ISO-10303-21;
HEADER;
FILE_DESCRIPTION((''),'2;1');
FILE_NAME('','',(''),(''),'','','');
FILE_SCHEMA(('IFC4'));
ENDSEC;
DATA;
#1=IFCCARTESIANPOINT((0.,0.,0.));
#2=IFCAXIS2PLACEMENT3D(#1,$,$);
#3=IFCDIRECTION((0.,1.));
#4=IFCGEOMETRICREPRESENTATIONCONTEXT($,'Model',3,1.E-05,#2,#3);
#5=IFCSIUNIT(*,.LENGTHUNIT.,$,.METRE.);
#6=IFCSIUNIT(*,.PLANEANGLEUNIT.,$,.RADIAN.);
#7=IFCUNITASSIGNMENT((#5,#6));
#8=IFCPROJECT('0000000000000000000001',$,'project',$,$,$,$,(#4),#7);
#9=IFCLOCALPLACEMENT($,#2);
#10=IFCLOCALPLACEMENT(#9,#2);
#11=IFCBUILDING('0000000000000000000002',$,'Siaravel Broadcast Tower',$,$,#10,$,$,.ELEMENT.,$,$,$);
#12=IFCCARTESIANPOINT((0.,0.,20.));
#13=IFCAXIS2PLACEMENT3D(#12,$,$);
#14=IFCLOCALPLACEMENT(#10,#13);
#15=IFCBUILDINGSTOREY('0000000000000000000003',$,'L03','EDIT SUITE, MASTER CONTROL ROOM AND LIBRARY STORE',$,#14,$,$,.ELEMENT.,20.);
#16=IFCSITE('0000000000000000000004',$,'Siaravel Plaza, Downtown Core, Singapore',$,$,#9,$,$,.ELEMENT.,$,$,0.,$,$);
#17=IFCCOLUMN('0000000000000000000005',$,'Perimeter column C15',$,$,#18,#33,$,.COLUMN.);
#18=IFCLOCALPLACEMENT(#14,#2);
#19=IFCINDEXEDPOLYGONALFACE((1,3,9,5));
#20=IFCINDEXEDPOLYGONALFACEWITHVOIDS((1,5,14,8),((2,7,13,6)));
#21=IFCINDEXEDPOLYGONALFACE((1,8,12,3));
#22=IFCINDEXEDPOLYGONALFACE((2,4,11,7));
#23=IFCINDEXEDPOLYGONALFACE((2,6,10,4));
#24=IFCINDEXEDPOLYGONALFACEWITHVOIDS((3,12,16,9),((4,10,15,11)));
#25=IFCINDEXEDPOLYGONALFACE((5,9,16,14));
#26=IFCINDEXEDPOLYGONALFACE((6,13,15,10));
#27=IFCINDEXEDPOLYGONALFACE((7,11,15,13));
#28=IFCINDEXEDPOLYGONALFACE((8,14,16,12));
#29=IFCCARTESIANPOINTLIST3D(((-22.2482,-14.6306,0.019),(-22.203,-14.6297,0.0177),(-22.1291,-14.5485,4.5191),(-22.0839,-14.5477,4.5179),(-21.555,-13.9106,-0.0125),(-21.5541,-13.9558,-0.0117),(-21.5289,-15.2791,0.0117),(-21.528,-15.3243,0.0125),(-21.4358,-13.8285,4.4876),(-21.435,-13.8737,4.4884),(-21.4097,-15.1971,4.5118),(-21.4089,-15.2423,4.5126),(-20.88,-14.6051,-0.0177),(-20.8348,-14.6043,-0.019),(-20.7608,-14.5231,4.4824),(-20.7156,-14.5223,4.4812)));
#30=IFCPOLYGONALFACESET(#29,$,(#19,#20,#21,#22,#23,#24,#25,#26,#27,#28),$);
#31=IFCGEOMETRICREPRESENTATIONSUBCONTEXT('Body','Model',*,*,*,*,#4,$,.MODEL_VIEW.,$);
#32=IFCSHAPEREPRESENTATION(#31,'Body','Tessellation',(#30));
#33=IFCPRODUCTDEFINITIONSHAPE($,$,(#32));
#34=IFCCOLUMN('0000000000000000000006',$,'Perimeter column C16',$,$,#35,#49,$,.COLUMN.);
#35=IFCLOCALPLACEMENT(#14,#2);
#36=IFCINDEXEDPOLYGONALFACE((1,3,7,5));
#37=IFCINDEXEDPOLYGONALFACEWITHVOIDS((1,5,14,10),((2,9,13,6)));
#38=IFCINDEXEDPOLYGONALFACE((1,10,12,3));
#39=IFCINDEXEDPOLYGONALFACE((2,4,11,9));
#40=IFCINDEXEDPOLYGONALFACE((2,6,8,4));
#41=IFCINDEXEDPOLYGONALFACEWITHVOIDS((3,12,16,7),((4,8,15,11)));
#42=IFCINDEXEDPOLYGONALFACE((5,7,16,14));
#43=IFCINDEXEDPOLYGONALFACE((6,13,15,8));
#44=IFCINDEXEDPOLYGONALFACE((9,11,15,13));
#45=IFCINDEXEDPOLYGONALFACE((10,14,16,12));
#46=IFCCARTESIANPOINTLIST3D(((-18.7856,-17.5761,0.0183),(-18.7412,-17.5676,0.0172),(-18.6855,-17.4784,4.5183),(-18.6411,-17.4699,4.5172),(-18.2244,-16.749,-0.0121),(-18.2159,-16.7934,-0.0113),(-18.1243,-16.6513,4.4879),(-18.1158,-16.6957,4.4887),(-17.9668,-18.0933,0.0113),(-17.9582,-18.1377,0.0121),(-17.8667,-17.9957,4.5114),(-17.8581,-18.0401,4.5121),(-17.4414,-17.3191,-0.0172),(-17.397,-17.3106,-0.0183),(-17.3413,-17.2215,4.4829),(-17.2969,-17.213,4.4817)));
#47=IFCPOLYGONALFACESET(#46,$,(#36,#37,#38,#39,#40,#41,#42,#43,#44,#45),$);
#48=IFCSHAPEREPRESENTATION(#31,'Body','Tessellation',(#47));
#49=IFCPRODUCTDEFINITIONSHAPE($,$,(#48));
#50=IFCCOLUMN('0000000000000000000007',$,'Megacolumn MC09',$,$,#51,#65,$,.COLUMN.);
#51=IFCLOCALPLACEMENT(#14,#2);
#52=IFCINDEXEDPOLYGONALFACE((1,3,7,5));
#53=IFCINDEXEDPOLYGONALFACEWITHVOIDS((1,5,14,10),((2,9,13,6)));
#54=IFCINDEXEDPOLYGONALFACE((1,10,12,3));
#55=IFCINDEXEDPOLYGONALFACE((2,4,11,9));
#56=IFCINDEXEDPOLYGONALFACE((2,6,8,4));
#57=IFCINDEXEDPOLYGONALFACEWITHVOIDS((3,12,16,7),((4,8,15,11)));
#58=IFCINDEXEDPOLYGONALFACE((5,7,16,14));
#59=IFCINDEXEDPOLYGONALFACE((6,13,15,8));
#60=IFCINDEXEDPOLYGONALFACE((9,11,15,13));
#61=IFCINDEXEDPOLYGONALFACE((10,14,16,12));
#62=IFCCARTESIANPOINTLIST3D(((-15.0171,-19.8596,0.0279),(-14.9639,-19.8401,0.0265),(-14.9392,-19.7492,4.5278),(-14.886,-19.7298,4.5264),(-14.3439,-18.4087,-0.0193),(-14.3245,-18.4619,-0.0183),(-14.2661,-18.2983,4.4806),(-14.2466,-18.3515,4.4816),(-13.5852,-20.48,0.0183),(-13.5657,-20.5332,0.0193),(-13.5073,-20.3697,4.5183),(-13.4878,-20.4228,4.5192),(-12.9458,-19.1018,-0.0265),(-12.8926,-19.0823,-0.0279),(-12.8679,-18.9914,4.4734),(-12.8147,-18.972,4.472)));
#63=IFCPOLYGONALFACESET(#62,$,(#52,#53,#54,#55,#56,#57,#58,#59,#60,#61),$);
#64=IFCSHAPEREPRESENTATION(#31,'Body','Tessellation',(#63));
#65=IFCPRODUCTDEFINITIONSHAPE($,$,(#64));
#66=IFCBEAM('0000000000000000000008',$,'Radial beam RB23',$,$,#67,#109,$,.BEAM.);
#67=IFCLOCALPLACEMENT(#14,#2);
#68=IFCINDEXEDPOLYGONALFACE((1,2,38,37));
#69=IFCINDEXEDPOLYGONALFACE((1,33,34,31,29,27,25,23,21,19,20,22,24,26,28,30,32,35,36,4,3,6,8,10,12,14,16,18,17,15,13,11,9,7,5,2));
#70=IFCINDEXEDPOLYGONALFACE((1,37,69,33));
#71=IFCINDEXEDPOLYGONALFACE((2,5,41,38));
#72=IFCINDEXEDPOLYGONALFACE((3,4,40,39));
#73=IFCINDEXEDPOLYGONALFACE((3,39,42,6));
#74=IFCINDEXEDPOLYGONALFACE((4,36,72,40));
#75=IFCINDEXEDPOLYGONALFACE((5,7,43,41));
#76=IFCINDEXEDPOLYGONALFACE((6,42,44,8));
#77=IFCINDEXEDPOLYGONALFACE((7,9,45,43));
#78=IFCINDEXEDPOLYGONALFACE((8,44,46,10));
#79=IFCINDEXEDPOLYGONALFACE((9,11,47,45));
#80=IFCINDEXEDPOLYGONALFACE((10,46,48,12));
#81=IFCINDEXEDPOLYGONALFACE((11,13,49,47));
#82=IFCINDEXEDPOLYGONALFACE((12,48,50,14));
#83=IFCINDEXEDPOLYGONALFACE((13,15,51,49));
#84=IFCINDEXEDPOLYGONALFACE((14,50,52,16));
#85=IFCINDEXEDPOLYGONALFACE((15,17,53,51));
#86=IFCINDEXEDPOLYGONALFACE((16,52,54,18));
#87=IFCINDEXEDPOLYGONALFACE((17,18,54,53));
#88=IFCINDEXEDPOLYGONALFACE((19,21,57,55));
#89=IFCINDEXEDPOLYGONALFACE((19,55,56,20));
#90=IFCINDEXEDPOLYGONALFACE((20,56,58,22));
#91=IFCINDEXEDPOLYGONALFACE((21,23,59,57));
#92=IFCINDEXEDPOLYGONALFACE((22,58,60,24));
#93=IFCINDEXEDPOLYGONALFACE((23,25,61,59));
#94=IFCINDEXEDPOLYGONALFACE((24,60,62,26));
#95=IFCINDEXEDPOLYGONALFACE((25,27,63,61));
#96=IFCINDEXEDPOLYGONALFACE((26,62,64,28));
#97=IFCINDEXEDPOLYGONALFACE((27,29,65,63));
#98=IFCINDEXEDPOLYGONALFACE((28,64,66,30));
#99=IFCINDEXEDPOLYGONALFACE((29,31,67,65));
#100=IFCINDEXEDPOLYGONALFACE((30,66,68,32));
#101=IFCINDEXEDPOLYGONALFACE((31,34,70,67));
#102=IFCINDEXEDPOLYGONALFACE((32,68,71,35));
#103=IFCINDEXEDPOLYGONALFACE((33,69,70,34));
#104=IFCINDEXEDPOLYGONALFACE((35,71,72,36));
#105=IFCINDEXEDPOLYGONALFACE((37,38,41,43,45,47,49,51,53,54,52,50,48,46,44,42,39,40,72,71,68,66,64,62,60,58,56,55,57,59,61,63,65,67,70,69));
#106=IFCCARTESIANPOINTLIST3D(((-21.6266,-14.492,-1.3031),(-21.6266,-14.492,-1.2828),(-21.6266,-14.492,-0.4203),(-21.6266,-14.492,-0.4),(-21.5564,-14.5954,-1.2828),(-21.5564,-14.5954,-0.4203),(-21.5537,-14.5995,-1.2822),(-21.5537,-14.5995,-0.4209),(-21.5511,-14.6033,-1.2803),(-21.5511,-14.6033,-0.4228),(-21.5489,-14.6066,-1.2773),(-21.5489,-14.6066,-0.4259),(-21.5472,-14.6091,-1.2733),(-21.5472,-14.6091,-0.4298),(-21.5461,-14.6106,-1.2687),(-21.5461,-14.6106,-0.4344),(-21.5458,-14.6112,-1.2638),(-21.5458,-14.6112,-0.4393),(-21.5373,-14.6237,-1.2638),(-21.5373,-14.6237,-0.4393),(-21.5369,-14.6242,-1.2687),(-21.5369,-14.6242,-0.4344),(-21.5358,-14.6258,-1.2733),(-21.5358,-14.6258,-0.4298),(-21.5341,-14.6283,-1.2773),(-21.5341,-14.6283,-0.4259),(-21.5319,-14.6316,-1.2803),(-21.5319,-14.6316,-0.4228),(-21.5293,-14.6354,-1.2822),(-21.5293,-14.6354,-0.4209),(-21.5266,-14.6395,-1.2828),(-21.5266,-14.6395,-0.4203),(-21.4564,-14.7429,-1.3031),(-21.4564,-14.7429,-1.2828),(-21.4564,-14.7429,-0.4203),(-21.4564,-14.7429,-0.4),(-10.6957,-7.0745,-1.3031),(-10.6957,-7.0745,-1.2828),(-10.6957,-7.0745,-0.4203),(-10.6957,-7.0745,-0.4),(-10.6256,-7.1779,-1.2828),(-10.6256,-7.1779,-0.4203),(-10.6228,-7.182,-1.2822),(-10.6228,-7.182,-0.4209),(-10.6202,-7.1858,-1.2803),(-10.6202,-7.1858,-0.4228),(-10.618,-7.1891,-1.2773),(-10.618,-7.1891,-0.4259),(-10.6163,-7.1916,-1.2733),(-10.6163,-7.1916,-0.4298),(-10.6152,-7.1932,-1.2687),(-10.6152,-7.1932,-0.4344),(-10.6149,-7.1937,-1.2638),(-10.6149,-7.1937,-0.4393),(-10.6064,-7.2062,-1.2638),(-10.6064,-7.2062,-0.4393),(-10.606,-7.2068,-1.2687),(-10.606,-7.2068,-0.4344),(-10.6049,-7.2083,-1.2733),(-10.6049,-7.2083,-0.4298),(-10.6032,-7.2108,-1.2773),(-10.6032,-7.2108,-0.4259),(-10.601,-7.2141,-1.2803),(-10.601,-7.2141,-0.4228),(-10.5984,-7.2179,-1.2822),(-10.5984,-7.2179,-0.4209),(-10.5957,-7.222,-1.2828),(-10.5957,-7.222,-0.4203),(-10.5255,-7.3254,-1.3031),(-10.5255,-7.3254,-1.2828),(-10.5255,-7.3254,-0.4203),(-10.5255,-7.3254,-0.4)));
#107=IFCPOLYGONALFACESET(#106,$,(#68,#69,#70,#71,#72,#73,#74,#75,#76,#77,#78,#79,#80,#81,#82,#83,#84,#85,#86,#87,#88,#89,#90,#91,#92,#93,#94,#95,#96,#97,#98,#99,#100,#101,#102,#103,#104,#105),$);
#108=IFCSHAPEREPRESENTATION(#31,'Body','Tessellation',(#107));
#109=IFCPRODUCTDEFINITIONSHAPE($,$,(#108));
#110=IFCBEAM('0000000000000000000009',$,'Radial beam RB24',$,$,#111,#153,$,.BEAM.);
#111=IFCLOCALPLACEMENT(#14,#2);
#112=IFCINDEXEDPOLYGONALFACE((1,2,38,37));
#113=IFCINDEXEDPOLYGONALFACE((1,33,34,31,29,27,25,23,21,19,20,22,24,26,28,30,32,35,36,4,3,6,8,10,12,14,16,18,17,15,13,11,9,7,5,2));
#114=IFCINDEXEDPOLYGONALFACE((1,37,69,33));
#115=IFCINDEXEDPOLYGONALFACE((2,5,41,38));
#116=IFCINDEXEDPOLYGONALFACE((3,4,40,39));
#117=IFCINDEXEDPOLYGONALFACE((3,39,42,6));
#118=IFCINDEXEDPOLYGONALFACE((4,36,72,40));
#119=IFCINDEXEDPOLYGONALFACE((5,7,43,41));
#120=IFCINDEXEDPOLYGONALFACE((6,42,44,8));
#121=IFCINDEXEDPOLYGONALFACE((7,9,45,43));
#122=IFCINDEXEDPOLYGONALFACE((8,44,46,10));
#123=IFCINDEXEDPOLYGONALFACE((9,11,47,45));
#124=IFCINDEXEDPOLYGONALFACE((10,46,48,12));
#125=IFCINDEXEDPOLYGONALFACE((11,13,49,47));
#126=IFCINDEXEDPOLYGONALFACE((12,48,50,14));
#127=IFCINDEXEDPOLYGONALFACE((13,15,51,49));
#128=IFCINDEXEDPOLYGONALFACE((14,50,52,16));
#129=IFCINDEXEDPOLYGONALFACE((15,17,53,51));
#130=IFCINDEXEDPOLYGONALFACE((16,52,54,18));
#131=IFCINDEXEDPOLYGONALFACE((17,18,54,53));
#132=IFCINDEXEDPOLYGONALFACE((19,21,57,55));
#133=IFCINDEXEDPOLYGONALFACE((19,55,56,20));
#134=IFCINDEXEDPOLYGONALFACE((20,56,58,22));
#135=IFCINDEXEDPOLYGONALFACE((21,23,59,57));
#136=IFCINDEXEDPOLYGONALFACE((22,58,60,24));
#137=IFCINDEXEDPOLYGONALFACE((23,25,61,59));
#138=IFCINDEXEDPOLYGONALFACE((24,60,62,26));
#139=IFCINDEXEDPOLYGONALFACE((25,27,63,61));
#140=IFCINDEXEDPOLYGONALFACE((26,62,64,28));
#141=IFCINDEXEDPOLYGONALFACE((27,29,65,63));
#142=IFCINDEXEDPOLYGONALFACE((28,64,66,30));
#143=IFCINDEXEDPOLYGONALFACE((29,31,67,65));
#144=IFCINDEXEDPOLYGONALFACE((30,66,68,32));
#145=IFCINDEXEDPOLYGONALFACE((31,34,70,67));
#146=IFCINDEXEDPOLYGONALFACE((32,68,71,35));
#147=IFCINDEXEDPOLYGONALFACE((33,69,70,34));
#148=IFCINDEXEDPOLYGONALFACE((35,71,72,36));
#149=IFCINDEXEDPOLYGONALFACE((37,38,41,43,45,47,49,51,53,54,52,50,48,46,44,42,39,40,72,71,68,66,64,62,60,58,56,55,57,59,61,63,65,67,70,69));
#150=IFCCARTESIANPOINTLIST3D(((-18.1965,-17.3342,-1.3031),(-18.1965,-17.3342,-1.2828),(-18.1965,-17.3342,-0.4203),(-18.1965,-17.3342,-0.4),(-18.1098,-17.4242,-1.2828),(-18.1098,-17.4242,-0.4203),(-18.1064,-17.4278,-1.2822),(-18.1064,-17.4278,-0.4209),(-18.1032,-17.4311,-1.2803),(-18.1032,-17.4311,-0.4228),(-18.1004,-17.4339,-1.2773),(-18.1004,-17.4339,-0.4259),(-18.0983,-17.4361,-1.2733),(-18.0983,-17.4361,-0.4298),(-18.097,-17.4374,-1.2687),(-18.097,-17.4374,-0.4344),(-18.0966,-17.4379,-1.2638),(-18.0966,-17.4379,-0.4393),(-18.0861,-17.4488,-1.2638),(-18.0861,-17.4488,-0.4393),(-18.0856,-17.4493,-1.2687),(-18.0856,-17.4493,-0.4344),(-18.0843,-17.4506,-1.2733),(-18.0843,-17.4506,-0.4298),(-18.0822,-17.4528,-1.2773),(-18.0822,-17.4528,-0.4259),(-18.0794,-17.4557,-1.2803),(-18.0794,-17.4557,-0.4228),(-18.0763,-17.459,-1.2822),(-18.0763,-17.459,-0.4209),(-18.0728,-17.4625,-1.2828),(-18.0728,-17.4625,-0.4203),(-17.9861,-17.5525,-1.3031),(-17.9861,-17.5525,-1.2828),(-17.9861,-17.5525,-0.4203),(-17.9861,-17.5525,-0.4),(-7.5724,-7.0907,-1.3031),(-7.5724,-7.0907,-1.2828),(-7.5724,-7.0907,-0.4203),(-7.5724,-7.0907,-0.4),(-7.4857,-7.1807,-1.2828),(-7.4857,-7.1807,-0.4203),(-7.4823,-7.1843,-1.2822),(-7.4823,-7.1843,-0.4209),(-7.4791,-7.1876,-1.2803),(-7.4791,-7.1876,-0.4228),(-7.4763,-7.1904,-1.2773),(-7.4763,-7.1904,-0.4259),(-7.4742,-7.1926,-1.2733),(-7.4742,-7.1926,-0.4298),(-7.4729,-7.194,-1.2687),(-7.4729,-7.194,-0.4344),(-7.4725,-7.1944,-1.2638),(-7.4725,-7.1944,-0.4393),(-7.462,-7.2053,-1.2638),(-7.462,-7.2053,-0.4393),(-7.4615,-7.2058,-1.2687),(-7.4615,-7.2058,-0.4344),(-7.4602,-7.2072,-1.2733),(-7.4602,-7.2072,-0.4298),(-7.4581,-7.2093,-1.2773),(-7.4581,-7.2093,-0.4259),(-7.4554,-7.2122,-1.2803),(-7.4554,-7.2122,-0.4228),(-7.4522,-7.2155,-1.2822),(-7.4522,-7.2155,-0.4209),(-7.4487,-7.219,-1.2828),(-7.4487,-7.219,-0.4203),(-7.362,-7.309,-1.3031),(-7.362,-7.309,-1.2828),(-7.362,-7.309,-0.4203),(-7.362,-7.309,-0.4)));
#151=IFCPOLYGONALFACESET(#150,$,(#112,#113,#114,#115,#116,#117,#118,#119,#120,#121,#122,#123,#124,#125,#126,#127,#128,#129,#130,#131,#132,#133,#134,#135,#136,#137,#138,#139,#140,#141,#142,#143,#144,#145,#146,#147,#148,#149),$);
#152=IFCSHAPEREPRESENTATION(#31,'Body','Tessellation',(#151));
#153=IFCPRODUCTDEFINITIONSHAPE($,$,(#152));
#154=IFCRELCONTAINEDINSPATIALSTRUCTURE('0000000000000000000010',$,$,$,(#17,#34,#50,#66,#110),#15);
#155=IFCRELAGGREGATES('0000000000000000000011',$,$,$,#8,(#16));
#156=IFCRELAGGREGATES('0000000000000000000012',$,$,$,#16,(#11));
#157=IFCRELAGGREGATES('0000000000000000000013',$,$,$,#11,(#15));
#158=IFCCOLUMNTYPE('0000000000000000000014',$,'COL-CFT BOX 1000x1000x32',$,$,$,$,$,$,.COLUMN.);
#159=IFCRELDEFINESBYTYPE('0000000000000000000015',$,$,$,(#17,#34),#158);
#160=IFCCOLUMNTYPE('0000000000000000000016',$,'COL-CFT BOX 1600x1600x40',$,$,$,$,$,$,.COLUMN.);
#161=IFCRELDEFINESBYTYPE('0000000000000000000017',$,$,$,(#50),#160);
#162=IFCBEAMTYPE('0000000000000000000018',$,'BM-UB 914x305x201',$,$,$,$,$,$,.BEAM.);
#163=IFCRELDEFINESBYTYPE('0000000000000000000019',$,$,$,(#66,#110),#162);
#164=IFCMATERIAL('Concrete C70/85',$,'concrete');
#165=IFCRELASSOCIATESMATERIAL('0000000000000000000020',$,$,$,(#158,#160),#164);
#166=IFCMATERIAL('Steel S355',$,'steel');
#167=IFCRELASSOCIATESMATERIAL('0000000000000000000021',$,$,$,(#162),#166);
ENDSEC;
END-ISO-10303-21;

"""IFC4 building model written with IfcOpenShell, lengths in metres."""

from ifc_helpers import new_model, si_unit, direction, frame, origin, origin_2d, place, context, subcontext, project, spatial, hollow_rectangle, i_section, extrude, material, material_profile, profile_set, type_object, element, save


model = new_model("IFC4")

# Units and contexts
model_context = context("Model", 3, precision=1e-05, world=origin(), true_north=direction((0.0, 1.0)))
body_context = subcontext(model_context, "Body", "Model", "MODEL_VIEW")
ifc_project = project(units=[si_unit("LENGTHUNIT", "METRE"), si_unit("PLANEANGLEUNIT", "RADIAN")], contexts=[model_context])

# Site, building, storey
site_placement = place(None, origin())
site = spatial("IfcSite", under=ifc_project, at=site_placement, Name="Siaravel Plaza, Downtown Core, Singapore", CompositionType="ELEMENT", RefElevation=0.0)
building_placement = place(site_placement, origin())
building = spatial("IfcBuilding", under=site, at=building_placement, Name="Siaravel Broadcast Tower", CompositionType="ELEMENT")
storey_placement = place(building_placement, frame((0.0, 0.0, 20.0)))
storey = spatial("IfcBuildingStorey", under=building, at=storey_placement, Name="L03", Description="EDIT SUITE, MASTER CONTROL ROOM AND LIBRARY STORE", CompositionType="ELEMENT", Elevation=20.0)

# Columns
ifc_material_1 = material(Name="Concrete C70/85", Category="concrete")
ifc_material_profile_1 = material_profile(ifc_material_1, hollow_rectangle(XDim=1.0, YDim=1.0, WallThickness=0.032, at=origin_2d()))
ifc_profile_set_1 = profile_set([ifc_material_profile_1], Name="Concrete C70/85")
column_type_1 = type_object("IfcColumnType", Name="COL-CFT BOX 1000x1000x32", PredefinedType="COLUMN", material=ifc_profile_set_1)
column_1_placement = place(storey_placement, frame((-21.5415, -14.6174, 0.0), z_axis=(0.026462, 0.01822, 0.999484), x_axis=(-0.720216, 0.69372, 0.006422)))
element("IfcColumn", 1, at=column_1_placement, inside=storey, type_object=column_type_1, Name="Perimeter column C15", PredefinedType="COLUMN", context=body_context, shape_type="SweptSolid", body=[
    extrude(hollow_rectangle(XDim=1.0, YDim=1.0, WallThickness=0.032, at=origin_2d()), origin(), (0.0, 0.0, 1.0), 4.5024),
])
column_2_placement = place(storey_placement, frame((-18.0913, -17.4434, 0.0), z_axis=(0.022233, 0.021691, 0.999517), x_axis=(-0.827361, 0.561636, 0.006215)))
element("IfcColumn", 2, at=column_2_placement, inside=storey, type_object=column_type_1, Name="Perimeter column C16", PredefinedType="COLUMN", context=body_context, shape_type="SweptSolid", body=[
    extrude(hollow_rectangle(XDim=1.0, YDim=1.0, WallThickness=0.032, at=origin_2d()), origin(), (0.0, 0.0, 1.0), 4.5022),
])
ifc_material_profile_2 = material_profile(ifc_material_1, hollow_rectangle(XDim=1.6001, YDim=1.6001, WallThickness=0.04, at=origin_2d()))
ifc_profile_set_2 = profile_set([ifc_material_profile_2], Name="Concrete C70/85")
column_type_2 = type_object("IfcColumnType", Name="COL-CFT BOX 1600x1600x40", PredefinedType="COLUMN", material=ifc_profile_set_2)
column_3_placement = place(storey_placement, frame((-13.9548, -19.4709, 0.0), z_axis=(0.017299, 0.024512, 0.99955), x_axis=(-0.907044, 0.421001, 0.005374)))
element("IfcColumn", 3, at=column_3_placement, inside=storey, type_object=column_type_2, Name="Megacolumn MC09", PredefinedType="COLUMN", context=body_context, shape_type="SweptSolid", body=[
    extrude(hollow_rectangle(XDim=1.6001, YDim=1.6001, WallThickness=0.04, at=origin_2d()), origin(), (0.0, 0.0, 1.0), 4.502),
])

# Beams
ifc_material_2 = material(Name="Steel S355", Category="steel")
ifc_material_profile_3 = material_profile(ifc_material_2, i_section(OverallWidth=0.3032, OverallDepth=0.9031, WebThickness=0.0151, FlangeThickness=0.0203, FilletRadius=0.019, at=origin_2d()))
ifc_profile_set_3 = profile_set([ifc_material_profile_3], Name="Steel S355")
beam_type = type_object("IfcBeamType", Name="BM-UB 914x305x201", PredefinedType="BEAM", material=ifc_profile_set_3)
beam_1_placement = place(storey_placement, frame((-21.5415, -14.6174, -0.8516), z_axis=(0.827473, 0.561505, 0.0), x_axis=(-0.561505, 0.827473, 0.0)))
element("IfcBeam", 4, at=beam_1_placement, inside=storey, type_object=beam_type, Name="Radial beam RB23", PredefinedType="BEAM", context=body_context, shape_type="SweptSolid", body=[
    extrude(i_section(OverallWidth=0.3032, OverallDepth=0.9031, WebThickness=0.0151, FlangeThickness=0.0203, FilletRadius=0.019, at=origin_2d()), origin(), (0.0, 0.0, 1.0), 13.21),
])
beam_2_placement = place(storey_placement, frame((-18.0913, -17.4434, -0.8516), z_axis=(0.719884, 0.694094, 0.0), x_axis=(-0.694094, 0.719884, 0.0)))
element("IfcBeam", 5, at=beam_2_placement, inside=storey, type_object=beam_type, Name="Radial beam RB24", PredefinedType="BEAM", context=body_context, shape_type="SweptSolid", body=[
    extrude(i_section(OverallWidth=0.3032, OverallDepth=0.9031, WebThickness=0.0151, FlangeThickness=0.0203, FilletRadius=0.019, at=origin_2d()), origin(), (0.0, 0.0, 1.0), 14.7581),
])

save(model, "model.ifc")
